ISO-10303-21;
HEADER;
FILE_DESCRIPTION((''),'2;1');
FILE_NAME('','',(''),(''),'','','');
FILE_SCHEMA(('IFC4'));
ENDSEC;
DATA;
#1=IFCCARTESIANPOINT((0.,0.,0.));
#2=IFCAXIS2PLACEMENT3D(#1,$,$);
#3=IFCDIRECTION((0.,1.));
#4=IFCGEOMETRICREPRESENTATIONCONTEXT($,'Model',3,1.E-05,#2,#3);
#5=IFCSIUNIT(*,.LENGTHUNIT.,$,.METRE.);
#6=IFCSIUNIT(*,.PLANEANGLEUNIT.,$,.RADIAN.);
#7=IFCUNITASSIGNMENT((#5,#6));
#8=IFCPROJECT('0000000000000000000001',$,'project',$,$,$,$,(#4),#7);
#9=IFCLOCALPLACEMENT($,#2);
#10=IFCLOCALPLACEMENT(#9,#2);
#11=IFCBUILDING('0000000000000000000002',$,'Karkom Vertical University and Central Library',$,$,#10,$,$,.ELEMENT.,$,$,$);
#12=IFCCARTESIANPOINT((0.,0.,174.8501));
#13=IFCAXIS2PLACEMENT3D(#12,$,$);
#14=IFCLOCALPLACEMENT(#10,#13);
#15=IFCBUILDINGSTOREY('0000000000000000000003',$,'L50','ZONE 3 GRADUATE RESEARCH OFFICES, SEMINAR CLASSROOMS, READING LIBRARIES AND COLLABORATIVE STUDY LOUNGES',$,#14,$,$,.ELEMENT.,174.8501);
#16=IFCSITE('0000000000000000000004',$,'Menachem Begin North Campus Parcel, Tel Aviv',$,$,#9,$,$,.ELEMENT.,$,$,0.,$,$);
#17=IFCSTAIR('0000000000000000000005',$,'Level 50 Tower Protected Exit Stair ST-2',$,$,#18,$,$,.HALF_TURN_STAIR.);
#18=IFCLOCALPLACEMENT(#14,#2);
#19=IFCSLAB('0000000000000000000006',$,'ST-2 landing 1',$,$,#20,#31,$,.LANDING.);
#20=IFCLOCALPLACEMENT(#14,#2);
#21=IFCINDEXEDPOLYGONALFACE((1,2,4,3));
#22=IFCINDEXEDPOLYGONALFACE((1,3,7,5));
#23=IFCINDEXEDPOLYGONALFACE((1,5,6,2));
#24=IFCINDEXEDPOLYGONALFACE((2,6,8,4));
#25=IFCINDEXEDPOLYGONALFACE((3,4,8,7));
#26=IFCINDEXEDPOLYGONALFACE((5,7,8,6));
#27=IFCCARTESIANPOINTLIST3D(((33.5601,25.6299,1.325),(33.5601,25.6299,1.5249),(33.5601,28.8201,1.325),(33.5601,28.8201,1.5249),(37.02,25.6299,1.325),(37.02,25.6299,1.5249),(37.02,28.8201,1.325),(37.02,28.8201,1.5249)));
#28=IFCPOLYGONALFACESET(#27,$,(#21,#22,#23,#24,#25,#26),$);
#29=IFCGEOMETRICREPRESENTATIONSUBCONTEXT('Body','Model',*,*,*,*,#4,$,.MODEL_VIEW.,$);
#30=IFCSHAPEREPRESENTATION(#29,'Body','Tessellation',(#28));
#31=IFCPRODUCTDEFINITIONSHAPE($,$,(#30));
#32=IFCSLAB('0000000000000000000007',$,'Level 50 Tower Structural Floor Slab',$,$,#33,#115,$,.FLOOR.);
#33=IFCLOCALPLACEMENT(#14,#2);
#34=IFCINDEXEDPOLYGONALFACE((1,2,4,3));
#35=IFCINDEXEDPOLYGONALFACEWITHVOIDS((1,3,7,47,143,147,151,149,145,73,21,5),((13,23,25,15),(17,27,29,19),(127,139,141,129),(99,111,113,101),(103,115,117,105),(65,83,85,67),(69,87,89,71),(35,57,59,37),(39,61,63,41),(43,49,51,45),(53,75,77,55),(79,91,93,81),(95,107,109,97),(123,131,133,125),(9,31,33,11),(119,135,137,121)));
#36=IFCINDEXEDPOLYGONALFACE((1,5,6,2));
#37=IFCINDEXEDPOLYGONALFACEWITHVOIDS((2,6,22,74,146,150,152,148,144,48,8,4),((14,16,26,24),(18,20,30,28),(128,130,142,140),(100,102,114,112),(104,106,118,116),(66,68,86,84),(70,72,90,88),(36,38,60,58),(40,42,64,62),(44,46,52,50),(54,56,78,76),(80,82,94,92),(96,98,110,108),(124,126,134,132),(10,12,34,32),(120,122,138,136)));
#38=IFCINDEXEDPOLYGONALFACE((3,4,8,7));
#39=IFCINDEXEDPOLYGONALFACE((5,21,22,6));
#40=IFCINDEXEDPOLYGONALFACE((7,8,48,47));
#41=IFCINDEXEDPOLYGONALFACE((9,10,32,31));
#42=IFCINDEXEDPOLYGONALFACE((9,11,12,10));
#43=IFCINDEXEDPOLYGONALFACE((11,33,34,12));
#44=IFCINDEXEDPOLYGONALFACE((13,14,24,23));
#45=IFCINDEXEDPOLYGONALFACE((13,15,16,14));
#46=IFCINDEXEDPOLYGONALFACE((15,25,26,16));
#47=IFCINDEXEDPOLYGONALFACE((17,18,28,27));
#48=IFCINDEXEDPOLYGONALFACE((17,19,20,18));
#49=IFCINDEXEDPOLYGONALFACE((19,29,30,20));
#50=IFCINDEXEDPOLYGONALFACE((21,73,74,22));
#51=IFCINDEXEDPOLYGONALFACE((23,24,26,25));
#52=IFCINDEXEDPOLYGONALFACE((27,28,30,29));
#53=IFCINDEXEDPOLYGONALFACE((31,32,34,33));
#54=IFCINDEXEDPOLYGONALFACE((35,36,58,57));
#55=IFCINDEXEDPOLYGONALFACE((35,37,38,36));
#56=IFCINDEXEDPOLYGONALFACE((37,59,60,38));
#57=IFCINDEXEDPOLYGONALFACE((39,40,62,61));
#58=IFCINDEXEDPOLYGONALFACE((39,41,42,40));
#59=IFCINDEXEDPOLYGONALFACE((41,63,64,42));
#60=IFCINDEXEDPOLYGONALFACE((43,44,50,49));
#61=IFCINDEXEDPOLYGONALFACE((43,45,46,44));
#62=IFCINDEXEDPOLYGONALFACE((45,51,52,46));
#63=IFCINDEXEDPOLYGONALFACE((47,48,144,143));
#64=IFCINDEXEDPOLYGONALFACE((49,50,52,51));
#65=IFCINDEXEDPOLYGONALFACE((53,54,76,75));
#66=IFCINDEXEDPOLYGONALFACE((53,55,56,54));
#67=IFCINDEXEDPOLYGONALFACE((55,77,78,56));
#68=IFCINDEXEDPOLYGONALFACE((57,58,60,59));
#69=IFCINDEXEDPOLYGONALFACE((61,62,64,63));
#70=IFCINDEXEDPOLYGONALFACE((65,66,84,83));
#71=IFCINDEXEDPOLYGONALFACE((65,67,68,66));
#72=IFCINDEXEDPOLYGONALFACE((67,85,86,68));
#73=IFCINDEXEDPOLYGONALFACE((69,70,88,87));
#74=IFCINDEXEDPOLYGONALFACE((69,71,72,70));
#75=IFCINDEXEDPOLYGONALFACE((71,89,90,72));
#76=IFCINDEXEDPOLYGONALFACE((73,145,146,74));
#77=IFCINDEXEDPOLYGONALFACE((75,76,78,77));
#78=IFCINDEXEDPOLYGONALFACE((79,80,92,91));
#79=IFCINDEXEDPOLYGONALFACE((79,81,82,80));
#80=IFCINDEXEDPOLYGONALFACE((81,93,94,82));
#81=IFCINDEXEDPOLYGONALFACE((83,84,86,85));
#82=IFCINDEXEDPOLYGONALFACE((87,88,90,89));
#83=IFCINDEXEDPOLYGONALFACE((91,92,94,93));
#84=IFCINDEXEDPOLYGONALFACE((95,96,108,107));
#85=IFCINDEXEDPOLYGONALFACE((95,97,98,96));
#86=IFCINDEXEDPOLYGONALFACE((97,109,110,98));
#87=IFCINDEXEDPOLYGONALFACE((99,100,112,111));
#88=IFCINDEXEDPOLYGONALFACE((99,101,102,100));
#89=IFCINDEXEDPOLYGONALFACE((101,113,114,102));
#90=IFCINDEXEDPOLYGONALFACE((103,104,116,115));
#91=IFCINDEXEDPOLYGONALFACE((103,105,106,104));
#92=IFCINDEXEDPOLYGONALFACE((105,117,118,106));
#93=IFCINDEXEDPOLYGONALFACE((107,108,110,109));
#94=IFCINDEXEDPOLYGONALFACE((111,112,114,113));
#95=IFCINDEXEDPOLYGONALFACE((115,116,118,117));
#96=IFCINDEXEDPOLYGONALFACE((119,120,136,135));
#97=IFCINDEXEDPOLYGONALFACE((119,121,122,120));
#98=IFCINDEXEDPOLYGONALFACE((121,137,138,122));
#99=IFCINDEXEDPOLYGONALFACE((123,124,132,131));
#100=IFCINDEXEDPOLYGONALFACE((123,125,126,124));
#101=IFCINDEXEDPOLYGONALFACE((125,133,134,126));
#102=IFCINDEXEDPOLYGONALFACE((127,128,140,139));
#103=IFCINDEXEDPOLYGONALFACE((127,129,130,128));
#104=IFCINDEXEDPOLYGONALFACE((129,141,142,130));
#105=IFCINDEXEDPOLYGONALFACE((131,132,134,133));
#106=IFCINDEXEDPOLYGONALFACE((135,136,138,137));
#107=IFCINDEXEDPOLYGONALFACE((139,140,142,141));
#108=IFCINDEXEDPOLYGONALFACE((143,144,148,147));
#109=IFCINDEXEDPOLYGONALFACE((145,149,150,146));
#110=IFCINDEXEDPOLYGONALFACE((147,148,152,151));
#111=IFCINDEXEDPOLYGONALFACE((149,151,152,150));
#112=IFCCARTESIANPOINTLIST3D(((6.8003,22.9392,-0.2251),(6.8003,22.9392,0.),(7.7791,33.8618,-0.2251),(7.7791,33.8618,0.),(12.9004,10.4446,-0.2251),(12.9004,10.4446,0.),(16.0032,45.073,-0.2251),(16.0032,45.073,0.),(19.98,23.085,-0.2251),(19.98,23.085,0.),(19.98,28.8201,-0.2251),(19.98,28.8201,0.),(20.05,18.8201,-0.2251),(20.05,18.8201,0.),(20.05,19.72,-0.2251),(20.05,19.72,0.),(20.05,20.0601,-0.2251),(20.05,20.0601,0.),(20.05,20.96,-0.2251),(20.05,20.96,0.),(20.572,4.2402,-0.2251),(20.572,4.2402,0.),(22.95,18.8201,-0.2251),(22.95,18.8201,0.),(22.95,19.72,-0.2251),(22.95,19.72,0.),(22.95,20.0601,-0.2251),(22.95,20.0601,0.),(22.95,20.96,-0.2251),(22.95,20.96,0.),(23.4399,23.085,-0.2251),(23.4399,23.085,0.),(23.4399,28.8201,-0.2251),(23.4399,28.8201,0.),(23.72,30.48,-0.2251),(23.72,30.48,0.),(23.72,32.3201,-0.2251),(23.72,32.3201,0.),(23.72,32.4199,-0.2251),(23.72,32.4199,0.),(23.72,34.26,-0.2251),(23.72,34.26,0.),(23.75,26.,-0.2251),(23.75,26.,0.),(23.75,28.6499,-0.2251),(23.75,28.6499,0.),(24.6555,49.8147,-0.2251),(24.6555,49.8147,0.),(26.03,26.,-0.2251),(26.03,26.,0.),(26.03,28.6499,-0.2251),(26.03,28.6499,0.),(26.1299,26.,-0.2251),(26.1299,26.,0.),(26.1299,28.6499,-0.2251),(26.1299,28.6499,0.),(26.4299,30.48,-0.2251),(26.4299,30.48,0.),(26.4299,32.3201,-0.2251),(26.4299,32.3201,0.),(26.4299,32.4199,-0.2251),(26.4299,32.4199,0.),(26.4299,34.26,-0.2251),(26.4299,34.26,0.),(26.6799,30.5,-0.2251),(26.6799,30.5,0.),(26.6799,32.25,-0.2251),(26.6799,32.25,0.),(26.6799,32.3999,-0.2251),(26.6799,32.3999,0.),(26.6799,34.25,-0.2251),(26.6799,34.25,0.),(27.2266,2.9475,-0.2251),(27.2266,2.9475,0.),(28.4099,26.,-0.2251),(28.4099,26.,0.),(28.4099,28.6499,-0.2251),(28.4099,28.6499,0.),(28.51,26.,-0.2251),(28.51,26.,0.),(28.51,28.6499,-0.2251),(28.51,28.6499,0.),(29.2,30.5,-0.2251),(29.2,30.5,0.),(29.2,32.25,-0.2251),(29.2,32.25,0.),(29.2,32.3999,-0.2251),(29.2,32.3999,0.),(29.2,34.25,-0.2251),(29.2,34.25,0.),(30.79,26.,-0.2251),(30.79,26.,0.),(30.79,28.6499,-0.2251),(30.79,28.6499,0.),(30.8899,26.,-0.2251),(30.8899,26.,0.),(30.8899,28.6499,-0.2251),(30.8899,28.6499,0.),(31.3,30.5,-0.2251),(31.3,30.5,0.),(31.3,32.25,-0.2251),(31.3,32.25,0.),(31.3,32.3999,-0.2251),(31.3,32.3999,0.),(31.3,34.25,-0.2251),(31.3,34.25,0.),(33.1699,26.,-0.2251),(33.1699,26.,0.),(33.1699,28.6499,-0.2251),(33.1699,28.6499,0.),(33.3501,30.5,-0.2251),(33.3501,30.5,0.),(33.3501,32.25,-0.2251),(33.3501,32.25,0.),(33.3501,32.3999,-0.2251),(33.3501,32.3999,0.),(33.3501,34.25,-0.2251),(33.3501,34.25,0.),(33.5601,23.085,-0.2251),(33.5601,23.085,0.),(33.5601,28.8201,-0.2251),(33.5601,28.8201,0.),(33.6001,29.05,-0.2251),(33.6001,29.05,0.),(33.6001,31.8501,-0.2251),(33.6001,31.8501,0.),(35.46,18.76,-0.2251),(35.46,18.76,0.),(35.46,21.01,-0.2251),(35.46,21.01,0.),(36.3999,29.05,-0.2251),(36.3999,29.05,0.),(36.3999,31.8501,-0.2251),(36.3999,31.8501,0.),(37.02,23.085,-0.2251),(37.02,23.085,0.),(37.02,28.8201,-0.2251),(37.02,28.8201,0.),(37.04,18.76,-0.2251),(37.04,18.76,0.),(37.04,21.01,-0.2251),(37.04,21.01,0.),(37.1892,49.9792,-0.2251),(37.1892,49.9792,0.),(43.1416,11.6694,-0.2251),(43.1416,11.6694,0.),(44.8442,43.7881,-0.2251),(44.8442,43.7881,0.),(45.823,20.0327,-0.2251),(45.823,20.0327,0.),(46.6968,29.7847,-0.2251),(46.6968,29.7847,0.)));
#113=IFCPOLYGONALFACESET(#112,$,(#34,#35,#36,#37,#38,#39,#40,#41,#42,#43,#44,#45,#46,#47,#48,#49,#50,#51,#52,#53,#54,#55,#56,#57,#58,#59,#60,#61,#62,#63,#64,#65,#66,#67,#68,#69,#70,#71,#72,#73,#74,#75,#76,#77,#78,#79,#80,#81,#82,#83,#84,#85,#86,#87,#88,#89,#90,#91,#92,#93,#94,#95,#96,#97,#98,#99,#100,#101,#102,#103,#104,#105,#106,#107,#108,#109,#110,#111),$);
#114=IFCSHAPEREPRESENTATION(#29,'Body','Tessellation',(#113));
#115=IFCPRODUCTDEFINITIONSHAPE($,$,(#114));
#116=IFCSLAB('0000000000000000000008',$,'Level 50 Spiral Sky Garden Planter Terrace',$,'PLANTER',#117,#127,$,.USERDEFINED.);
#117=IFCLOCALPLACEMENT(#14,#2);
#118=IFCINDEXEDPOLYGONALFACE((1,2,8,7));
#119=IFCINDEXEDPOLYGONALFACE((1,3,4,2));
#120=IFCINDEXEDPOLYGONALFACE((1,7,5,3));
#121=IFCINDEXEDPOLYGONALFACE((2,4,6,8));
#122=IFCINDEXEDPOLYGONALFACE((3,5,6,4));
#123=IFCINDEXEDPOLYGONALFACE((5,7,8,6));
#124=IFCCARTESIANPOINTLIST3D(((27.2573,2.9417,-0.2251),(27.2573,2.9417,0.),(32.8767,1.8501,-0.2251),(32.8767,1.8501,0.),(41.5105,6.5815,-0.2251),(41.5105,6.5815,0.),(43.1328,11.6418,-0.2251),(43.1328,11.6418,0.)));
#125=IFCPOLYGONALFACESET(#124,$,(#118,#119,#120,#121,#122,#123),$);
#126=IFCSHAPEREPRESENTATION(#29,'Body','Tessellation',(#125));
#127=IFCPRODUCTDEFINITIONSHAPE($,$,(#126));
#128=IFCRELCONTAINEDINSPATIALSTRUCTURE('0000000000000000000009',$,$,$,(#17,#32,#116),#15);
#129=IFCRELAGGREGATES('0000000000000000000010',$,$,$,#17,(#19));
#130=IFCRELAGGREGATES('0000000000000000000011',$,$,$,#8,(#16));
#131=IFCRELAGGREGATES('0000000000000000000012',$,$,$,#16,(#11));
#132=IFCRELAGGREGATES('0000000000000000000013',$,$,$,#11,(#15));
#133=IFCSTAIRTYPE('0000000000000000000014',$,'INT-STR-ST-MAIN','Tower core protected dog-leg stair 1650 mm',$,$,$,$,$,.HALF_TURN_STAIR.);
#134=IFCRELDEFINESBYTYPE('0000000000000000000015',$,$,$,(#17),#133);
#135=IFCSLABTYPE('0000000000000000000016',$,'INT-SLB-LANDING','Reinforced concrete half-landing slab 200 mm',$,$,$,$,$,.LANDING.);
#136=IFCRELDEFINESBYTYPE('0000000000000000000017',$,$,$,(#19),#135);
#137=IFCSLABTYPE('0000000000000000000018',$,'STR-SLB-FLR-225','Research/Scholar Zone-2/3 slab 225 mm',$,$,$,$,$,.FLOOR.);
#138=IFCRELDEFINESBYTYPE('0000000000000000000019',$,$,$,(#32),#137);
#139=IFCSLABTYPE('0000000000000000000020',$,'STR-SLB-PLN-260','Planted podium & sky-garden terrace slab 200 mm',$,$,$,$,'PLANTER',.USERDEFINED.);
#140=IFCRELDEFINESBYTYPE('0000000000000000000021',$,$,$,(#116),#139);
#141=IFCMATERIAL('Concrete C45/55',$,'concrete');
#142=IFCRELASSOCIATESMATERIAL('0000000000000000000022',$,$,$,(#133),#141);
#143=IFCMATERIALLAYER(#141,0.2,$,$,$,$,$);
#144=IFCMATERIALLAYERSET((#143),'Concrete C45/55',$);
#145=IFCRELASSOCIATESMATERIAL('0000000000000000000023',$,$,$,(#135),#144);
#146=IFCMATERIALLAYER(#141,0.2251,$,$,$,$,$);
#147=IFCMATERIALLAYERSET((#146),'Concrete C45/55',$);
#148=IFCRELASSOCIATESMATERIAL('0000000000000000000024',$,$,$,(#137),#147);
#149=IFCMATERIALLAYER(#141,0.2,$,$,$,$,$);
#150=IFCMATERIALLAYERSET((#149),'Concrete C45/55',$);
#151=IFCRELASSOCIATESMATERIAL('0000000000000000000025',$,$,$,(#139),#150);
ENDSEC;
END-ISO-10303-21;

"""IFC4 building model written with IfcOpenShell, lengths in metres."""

from ifc_helpers import new_model, si_unit, direction, frame, origin, place, context, subcontext, project, spatial, polyline, outline, extrude, material, layer, layer_set, type_object, element, aggregate, save


model = new_model("IFC4")

# Units and contexts
model_context = context("Model", 3, precision=1e-05, world=origin(), true_north=direction((0.0, 1.0)))
body_context = subcontext(model_context, "Body", "Model", "MODEL_VIEW")
ifc_project = project(units=[si_unit("LENGTHUNIT", "METRE"), si_unit("PLANEANGLEUNIT", "RADIAN")], contexts=[model_context])

# Site, building, storey
site_placement = place(None, origin())
site = spatial("IfcSite", under=ifc_project, at=site_placement, Name="Menachem Begin North Campus Parcel, Tel Aviv", CompositionType="ELEMENT", RefElevation=0.0)
building_placement = place(site_placement, origin())
building = spatial("IfcBuilding", under=site, at=building_placement, Name="Karkom Vertical University and Central Library", CompositionType="ELEMENT")
storey_placement = place(building_placement, frame((0.0, 0.0, 174.8501)))
storey = spatial("IfcBuildingStorey", under=building, at=storey_placement, Name="L50", Description="ZONE 3 GRADUATE RESEARCH OFFICES, SEMINAR CLASSROOMS, READING LIBRARIES AND COLLABORATIVE STUDY LOUNGES", CompositionType="ELEMENT", Elevation=174.8501)

# Stair, slab
ifc_material_1 = material(Name="Concrete C45/55", Category="concrete")
stair_type = type_object("IfcStairType", Name="INT-STR-ST-MAIN", Description="Tower core protected dog-leg stair 1650 mm", PredefinedType="HALF_TURN_STAIR", material=ifc_material_1)
ifc_layer_1 = layer(ifc_material_1, 0.2)
ifc_layer_set_1 = layer_set([ifc_layer_1], Name="Concrete C45/55")
slab_type_1 = type_object("IfcSlabType", Name="INT-SLB-LANDING", Description="Reinforced concrete half-landing slab 200 mm", PredefinedType="LANDING", material=ifc_layer_set_1)
stair_1_placement = place(storey_placement, origin())
stair_1 = element("IfcStair", 1, at=stair_1_placement, inside=storey, type_object=stair_type, Name="Level 50 Tower Protected Exit Stair ST-2", PredefinedType="HALF_TURN_STAIR")
slab_1_placement = place(storey_placement, frame((0.0, 0.0, 1.325)))
slab_1 = element("IfcSlab", 2, at=slab_1_placement, type_object=slab_type_1, Name="ST-2 landing 1", PredefinedType="LANDING", context=body_context, shape_type="SweptSolid", body=[
    extrude(outline(polyline([(37.02, 25.6299), (37.02, 28.8201), (33.5601, 28.8201), (33.5601, 25.6299), (37.02, 25.6299)])), origin(), (0.0, 0.0, 1.0), 0.2),
])
aggregate(stair_1, [slab_1])

# Slabs
ifc_layer_2 = layer(ifc_material_1, 0.2251)
ifc_layer_set_2 = layer_set([ifc_layer_2], Name="Concrete C45/55")
slab_type_2 = type_object("IfcSlabType", Name="STR-SLB-FLR-225", Description="Research/Scholar Zone-2/3 slab 225 mm", PredefinedType="FLOOR", material=ifc_layer_set_2)
slab_2_placement = place(storey_placement, frame((0.0, 0.0, -0.2251)))
element("IfcSlab", 3, at=slab_2_placement, inside=storey, type_object=slab_type_2, Name="Level 50 Tower Structural Floor Slab", PredefinedType="FLOOR", context=body_context, shape_type="SweptSolid", body=[
    extrude(outline(polyline([(6.8003, 22.9392), (12.9004, 10.4446), (20.572, 4.2402), (27.2266, 2.9475), (43.1416, 11.6694), (45.823, 20.0327), (46.6968, 29.7847), (44.8442, 43.7881), (37.1892, 49.9792), (24.6555, 49.8147), (16.0032, 45.073), (7.7791, 33.8618), (6.8003, 22.9392)]), holes=[polyline([(19.98, 23.085), (23.4399, 23.085), (23.4399, 28.8201), (19.98, 28.8201), (19.98, 23.085)]), polyline([(33.5601, 23.085), (37.02, 23.085), (37.02, 28.8201), (33.5601, 28.8201), (33.5601, 23.085)]), polyline([(23.75, 26.0), (26.03, 26.0), (26.03, 28.6499), (23.75, 28.6499), (23.75, 26.0)]), polyline([(26.1299, 26.0), (28.4099, 26.0), (28.4099, 28.6499), (26.1299, 28.6499), (26.1299, 26.0)]), polyline([(28.51, 26.0), (30.79, 26.0), (30.79, 28.6499), (28.51, 28.6499), (28.51, 26.0)]), polyline([(30.8899, 26.0), (33.1699, 26.0), (33.1699, 28.6499), (30.8899, 28.6499), (30.8899, 26.0)]), polyline([(26.6799, 30.5), (29.2, 30.5), (29.2, 32.25), (26.6799, 32.25), (26.6799, 30.5)]), polyline([(26.6799, 32.3999), (29.2, 32.3999), (29.2, 34.25), (26.6799, 34.25), (26.6799, 32.3999)]), polyline([(31.3, 30.5), (33.3501, 30.5), (33.3501, 32.25), (31.3, 32.25), (31.3, 30.5)]), polyline([(31.3, 32.3999), (33.3501, 32.3999), (33.3501, 34.25), (31.3, 34.25), (31.3, 32.3999)]), polyline([(23.72, 30.48), (26.4299, 30.48), (26.4299, 32.3201), (23.72, 32.3201), (23.72, 30.48)]), polyline([(23.72, 32.4199), (26.4299, 32.4199), (26.4299, 34.26), (23.72, 34.26), (23.72, 32.4199)]), polyline([(33.6001, 29.05), (36.3999, 29.05), (36.3999, 31.8501), (33.6001, 31.8501), (33.6001, 29.05)]), polyline([(20.05, 18.8201), (22.95, 18.8201), (22.95, 19.72), (20.05, 19.72), (20.05, 18.8201)]), polyline([(20.05, 20.0601), (22.95, 20.0601), (22.95, 20.96), (20.05, 20.96), (20.05, 20.0601)]), polyline([(35.46, 18.76), (37.04, 18.76), (37.04, 21.01), (35.46, 21.01), (35.46, 18.76)])]), origin(), (0.0, 0.0, 1.0), 0.2251),
])
ifc_layer_3 = layer(ifc_material_1, 0.2)
ifc_layer_set_3 = layer_set([ifc_layer_3], Name="Concrete C45/55")
slab_type_3 = type_object("IfcSlabType", Name="STR-SLB-PLN-260", Description="Planted podium & sky-garden terrace slab 200 mm", ElementType="PLANTER", PredefinedType="USERDEFINED", material=ifc_layer_set_3)
slab_3_placement = place(storey_placement, frame((0.0, 0.0, -0.2251)))
element("IfcSlab", 4, at=slab_3_placement, inside=storey, type_object=slab_type_3, Name="Level 50 Spiral Sky Garden Planter Terrace", ObjectType="PLANTER", PredefinedType="USERDEFINED", context=body_context, shape_type="SweptSolid", body=[
    extrude(outline(polyline([(41.5105, 6.5815), (32.8767, 1.8501), (27.2573, 2.9417), (43.1328, 11.6418), (41.5105, 6.5815)])), origin(), (0.0, 0.0, 1.0), 0.2251),
])

save(model, "model.ifc")
